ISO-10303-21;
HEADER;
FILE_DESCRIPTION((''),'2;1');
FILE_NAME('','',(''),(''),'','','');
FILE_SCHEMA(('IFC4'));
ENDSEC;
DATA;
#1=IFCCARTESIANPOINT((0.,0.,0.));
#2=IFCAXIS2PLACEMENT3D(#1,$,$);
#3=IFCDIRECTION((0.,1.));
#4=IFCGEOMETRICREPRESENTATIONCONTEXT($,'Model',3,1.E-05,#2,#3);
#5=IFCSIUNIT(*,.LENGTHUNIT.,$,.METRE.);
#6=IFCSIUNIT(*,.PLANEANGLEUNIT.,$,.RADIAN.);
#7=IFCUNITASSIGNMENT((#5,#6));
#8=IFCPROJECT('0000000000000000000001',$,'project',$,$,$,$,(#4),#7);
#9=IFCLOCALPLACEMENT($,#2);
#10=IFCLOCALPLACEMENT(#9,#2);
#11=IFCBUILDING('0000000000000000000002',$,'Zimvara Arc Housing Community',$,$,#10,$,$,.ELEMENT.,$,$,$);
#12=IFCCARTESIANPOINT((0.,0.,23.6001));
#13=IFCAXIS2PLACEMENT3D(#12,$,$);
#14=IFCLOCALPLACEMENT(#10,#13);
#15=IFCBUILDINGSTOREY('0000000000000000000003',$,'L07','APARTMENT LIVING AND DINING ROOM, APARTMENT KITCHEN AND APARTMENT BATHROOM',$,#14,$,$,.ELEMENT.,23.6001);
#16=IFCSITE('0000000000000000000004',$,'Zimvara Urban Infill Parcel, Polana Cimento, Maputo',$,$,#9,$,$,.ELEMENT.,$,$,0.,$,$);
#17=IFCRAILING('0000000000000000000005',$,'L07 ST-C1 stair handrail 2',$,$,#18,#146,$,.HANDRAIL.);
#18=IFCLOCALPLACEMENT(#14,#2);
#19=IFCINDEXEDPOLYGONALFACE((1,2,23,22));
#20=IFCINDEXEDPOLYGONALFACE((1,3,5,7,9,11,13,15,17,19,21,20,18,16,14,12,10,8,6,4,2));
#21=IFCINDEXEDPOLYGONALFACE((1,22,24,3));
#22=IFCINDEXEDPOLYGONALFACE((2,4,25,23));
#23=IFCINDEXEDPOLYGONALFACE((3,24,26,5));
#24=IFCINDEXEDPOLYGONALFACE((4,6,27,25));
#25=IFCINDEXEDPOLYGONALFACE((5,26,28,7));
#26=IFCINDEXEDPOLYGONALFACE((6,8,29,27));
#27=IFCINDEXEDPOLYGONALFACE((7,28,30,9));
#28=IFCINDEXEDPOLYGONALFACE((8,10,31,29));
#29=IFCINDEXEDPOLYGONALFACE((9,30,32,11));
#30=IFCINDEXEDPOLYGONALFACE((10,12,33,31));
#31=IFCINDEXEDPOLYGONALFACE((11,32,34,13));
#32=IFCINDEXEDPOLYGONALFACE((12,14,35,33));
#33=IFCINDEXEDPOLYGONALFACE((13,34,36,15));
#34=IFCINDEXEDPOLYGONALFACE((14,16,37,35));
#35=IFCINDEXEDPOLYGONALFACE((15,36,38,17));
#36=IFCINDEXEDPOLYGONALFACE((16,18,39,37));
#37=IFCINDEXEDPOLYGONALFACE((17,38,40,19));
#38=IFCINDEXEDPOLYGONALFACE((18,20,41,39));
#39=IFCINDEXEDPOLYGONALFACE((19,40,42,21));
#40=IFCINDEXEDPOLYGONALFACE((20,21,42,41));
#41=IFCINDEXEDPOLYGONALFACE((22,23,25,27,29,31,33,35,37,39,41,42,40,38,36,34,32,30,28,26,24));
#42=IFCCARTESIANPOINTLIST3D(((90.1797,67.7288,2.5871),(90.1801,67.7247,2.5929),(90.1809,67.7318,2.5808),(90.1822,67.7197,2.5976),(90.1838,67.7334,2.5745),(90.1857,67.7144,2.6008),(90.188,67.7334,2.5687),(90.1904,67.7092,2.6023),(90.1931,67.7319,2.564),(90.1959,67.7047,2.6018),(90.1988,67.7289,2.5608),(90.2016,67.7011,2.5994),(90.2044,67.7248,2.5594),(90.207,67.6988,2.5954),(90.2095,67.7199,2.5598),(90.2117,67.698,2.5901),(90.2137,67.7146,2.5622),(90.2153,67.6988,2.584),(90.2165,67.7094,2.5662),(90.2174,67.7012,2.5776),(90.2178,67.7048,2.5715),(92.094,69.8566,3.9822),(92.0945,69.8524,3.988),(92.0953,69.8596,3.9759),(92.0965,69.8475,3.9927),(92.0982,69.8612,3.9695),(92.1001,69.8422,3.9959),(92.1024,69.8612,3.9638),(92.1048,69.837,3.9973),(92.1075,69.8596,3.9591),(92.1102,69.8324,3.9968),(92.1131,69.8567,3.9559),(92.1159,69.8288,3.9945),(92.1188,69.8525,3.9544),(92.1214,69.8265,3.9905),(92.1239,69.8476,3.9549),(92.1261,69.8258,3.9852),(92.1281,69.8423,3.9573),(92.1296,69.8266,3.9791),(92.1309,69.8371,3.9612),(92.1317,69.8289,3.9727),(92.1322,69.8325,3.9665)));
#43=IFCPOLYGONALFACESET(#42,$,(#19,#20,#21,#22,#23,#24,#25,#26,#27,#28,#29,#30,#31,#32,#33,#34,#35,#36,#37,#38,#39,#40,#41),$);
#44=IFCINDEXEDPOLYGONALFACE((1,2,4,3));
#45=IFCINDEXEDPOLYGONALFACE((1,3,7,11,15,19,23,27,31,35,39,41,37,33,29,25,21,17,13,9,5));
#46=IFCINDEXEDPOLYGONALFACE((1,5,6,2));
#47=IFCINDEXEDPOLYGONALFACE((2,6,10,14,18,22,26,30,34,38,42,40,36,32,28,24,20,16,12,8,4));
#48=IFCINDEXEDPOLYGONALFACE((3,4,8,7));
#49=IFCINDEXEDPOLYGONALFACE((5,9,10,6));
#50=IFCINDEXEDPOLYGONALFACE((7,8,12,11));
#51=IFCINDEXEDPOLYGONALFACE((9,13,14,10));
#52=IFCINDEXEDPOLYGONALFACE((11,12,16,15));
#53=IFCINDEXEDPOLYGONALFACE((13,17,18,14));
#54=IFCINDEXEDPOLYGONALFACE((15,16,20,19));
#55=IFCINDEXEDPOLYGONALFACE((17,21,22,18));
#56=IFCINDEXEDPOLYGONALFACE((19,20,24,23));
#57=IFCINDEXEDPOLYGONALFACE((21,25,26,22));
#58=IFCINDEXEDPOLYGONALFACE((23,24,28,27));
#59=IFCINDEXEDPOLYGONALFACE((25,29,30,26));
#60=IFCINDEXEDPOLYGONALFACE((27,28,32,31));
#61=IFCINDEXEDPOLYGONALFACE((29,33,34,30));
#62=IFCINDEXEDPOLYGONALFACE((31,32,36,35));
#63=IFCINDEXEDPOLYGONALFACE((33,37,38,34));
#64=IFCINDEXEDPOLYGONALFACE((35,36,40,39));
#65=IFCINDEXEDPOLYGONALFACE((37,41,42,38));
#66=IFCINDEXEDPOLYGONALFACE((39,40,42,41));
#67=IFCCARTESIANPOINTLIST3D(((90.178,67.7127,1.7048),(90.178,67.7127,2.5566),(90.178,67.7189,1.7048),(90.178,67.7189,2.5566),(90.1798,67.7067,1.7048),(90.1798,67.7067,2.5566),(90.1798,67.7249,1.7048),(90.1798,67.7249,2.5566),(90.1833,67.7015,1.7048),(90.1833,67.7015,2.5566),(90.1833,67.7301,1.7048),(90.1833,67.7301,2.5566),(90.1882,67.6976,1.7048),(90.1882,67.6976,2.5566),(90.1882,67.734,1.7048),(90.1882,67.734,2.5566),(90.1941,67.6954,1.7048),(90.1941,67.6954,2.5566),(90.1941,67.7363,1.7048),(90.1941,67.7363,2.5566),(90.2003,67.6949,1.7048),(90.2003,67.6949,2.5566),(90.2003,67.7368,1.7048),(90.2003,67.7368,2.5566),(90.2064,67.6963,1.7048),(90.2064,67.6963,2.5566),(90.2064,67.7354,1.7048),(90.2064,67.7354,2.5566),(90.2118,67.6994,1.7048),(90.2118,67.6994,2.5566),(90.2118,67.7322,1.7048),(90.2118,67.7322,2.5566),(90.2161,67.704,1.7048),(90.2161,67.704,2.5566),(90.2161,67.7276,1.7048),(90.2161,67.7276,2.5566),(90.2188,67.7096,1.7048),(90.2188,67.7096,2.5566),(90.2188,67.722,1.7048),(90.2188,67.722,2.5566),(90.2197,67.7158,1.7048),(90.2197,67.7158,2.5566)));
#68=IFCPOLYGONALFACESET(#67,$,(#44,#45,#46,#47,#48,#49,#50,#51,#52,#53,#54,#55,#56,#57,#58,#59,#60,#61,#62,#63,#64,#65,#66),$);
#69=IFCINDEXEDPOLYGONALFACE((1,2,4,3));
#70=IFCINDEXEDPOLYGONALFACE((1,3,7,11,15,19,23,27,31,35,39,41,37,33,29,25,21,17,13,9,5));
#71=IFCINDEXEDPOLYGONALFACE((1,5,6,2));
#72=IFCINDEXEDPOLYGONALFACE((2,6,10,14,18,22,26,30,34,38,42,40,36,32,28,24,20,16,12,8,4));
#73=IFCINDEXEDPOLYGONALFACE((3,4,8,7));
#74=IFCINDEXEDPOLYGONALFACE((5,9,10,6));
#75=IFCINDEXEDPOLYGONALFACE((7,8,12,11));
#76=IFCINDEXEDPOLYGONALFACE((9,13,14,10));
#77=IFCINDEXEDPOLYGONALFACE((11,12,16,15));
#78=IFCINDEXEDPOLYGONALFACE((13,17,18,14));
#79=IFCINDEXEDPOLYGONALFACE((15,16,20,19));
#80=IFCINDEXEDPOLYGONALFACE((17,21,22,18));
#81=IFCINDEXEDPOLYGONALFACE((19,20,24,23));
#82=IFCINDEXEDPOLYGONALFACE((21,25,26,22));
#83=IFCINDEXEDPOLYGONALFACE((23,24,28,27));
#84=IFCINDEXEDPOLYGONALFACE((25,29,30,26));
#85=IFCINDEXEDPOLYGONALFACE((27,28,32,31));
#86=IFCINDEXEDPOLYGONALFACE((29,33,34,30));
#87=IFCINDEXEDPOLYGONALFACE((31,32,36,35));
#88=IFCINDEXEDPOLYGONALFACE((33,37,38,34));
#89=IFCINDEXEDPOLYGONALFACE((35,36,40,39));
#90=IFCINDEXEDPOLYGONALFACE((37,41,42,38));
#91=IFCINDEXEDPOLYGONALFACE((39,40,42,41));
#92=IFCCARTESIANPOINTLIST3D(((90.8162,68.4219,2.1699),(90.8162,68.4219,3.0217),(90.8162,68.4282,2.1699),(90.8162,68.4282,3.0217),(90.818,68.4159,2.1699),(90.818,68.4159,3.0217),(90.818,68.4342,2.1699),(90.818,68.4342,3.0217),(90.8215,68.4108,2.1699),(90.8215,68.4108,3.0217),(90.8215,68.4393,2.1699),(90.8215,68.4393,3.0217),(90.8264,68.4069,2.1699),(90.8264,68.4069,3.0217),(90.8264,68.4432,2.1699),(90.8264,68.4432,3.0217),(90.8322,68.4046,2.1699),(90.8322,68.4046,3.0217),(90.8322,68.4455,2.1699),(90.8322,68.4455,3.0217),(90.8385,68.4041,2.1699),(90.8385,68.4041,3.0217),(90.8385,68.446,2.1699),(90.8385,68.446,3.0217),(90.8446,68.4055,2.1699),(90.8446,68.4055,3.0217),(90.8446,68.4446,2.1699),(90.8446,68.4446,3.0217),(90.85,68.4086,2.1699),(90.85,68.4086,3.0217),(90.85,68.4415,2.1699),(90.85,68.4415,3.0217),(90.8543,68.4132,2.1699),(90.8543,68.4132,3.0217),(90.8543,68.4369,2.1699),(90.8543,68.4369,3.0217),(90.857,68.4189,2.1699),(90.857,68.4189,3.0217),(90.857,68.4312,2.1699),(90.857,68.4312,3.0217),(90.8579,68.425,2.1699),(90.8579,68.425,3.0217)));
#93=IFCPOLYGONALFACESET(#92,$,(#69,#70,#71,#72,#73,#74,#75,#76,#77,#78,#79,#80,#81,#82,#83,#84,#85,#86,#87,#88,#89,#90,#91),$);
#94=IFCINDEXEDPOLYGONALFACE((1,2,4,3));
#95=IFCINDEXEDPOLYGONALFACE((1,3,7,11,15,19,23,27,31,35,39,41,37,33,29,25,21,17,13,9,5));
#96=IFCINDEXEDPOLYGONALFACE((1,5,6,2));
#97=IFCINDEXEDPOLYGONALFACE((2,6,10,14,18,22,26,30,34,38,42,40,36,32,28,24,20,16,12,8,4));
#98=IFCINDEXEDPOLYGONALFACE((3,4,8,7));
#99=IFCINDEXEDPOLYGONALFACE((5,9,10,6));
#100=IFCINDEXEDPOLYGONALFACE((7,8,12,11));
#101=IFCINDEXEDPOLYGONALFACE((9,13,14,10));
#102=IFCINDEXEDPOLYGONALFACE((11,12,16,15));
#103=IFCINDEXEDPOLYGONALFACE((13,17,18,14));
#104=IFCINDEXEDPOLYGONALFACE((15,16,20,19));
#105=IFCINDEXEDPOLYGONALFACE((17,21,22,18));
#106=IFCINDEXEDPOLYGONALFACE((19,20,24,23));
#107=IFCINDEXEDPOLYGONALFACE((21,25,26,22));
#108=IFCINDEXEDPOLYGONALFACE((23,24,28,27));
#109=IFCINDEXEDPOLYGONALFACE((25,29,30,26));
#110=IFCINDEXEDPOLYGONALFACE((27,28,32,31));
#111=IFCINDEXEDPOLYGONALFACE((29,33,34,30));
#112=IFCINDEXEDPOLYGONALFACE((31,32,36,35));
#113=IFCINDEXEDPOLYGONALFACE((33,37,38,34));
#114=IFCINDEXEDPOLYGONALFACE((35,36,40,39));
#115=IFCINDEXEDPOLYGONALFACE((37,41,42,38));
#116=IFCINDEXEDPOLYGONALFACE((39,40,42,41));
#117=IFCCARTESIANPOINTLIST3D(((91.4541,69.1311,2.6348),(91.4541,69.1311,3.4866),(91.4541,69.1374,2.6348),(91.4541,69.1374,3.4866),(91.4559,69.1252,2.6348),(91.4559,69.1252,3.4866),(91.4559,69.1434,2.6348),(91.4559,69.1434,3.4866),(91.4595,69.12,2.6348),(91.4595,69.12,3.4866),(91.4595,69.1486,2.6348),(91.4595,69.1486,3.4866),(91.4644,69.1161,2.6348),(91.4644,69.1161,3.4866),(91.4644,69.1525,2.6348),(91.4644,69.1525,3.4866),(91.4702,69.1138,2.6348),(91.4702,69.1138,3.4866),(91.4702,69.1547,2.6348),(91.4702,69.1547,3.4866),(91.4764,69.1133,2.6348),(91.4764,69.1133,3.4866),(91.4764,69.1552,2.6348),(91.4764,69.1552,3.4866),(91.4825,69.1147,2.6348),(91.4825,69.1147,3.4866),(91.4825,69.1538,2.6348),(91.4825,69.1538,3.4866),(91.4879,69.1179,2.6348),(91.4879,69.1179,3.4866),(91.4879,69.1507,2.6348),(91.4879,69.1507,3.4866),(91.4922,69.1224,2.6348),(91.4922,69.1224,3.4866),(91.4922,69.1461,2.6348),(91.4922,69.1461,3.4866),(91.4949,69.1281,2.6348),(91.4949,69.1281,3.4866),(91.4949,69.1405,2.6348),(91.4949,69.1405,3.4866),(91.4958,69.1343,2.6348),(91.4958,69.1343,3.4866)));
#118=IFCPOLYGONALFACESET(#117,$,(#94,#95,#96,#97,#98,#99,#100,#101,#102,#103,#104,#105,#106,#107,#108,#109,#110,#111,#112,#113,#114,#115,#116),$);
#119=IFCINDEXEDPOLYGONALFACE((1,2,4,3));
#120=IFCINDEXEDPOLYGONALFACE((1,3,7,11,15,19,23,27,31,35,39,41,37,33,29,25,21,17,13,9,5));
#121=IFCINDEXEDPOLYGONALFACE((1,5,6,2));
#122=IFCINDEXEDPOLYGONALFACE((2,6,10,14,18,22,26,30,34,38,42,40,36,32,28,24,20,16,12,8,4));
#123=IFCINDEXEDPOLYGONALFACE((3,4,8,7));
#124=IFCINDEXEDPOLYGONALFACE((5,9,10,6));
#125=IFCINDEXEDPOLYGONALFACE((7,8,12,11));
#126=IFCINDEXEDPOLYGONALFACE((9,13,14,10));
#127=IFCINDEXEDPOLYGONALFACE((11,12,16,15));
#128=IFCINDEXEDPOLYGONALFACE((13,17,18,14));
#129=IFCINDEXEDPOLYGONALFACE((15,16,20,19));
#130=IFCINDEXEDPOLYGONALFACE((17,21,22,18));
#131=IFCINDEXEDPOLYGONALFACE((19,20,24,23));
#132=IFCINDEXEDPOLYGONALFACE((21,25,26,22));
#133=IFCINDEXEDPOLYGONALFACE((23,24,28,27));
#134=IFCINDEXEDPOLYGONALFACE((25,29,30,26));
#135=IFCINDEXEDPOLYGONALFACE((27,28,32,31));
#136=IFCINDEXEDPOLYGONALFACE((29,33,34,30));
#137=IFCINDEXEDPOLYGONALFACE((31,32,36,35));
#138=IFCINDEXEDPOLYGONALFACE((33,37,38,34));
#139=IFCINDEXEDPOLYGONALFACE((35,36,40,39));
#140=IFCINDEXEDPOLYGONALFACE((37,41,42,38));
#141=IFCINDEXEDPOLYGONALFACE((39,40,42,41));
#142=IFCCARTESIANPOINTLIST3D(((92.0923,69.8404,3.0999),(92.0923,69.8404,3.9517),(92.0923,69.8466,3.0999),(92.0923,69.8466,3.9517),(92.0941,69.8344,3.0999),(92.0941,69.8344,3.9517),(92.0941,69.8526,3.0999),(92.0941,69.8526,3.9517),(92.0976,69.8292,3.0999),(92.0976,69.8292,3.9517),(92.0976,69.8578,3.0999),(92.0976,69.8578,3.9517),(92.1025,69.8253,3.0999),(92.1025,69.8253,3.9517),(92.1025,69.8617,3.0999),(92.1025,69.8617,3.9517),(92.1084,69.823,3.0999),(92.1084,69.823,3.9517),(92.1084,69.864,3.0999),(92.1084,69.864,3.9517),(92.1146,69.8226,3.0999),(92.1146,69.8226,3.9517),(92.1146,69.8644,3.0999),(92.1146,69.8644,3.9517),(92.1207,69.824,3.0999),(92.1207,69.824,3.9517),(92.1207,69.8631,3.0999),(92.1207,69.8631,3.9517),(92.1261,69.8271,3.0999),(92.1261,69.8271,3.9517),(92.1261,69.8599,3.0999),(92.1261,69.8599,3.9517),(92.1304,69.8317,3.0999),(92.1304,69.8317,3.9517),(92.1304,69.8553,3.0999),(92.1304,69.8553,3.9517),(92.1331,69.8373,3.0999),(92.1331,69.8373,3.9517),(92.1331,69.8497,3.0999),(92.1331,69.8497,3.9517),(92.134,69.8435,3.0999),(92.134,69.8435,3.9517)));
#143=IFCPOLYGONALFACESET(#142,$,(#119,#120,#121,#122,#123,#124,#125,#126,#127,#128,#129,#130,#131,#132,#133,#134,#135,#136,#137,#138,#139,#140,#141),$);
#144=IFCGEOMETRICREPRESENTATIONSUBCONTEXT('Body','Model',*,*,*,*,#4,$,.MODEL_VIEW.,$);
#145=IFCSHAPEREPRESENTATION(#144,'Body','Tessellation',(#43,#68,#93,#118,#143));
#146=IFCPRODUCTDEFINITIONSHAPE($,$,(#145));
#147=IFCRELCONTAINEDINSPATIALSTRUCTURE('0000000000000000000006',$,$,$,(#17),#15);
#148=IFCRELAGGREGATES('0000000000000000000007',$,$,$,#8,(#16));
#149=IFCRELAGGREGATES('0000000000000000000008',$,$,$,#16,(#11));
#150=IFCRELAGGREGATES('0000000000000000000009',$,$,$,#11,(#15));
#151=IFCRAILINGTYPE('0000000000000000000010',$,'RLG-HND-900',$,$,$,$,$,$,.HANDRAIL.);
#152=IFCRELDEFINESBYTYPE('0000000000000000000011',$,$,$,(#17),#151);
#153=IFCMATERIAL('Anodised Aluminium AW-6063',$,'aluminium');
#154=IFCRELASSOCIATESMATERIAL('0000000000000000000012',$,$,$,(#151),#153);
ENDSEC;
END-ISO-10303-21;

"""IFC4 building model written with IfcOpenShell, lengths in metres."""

from ifc_helpers import new_model, si_unit, direction, frame, origin, origin_2d, place, context, subcontext, project, spatial, circle, extrude, material, type_object, element, save


model = new_model("IFC4")

# Units and contexts
model_context = context("Model", 3, precision=1e-05, world=origin(), true_north=direction((0.0, 1.0)))
body_context = subcontext(model_context, "Body", "Model", "MODEL_VIEW")
ifc_project = project(units=[si_unit("LENGTHUNIT", "METRE"), si_unit("PLANEANGLEUNIT", "RADIAN")], contexts=[model_context])

# Site, building, storey
site_placement = place(None, origin())
site = spatial("IfcSite", under=ifc_project, at=site_placement, Name="Zimvara Urban Infill Parcel, Polana Cimento, Maputo", CompositionType="ELEMENT", RefElevation=0.0)
building_placement = place(site_placement, origin())
building = spatial("IfcBuilding", under=site, at=building_placement, Name="Zimvara Arc Housing Community", CompositionType="ELEMENT")
storey_placement = place(building_placement, frame((0.0, 0.0, 23.6001)))
storey = spatial("IfcBuildingStorey", under=building, at=storey_placement, Name="L07", Description="APARTMENT LIVING AND DINING ROOM, APARTMENT KITCHEN AND APARTMENT BATHROOM", CompositionType="ELEMENT", Elevation=23.6001)

# Railing
ifc_material_1 = material(Name="Anodised Aluminium AW-6063", Category="aluminium")
railing_type_1 = type_object("IfcRailingType", Name="RLG-HND-900", PredefinedType="HANDRAIL", material=ifc_material_1)
railing_1_placement = place(storey_placement, frame((90.1987, 67.7158, 1.7048)))
element("IfcRailing", 1, at=railing_1_placement, inside=storey, type_object=railing_type_1, Name="L07 ST-C1 stair handrail 2", PredefinedType="HANDRAIL", context=body_context, shape_type="SweptSolid", body=[
    extrude(circle(Radius=0.0239, at=origin_2d()), frame((0.0, 0.0, 0.876), z_axis=(0.601232, 0.668248, 0.438138), x_axis=(-0.7434, 0.668847, 0.0)), (0.0, 0.0, 1.0), 3.1841),
    extrude(circle(Radius=0.021, at=origin_2d()), origin(), (0.0, 0.0, 1.0), 0.8518),
    extrude(circle(Radius=0.021, at=origin_2d()), frame((0.6382, 0.7092, 0.4651)), (0.0, 0.0, 1.0), 0.8518),
    extrude(circle(Radius=0.021, at=origin_2d()), frame((1.2761, 1.4185, 0.9299)), (0.0, 0.0, 1.0), 0.8518),
    extrude(circle(Radius=0.021, at=origin_2d()), frame((1.9143, 2.1277, 1.395)), (0.0, 0.0, 1.0), 0.8518),
])

save(model, "model.ifc")
